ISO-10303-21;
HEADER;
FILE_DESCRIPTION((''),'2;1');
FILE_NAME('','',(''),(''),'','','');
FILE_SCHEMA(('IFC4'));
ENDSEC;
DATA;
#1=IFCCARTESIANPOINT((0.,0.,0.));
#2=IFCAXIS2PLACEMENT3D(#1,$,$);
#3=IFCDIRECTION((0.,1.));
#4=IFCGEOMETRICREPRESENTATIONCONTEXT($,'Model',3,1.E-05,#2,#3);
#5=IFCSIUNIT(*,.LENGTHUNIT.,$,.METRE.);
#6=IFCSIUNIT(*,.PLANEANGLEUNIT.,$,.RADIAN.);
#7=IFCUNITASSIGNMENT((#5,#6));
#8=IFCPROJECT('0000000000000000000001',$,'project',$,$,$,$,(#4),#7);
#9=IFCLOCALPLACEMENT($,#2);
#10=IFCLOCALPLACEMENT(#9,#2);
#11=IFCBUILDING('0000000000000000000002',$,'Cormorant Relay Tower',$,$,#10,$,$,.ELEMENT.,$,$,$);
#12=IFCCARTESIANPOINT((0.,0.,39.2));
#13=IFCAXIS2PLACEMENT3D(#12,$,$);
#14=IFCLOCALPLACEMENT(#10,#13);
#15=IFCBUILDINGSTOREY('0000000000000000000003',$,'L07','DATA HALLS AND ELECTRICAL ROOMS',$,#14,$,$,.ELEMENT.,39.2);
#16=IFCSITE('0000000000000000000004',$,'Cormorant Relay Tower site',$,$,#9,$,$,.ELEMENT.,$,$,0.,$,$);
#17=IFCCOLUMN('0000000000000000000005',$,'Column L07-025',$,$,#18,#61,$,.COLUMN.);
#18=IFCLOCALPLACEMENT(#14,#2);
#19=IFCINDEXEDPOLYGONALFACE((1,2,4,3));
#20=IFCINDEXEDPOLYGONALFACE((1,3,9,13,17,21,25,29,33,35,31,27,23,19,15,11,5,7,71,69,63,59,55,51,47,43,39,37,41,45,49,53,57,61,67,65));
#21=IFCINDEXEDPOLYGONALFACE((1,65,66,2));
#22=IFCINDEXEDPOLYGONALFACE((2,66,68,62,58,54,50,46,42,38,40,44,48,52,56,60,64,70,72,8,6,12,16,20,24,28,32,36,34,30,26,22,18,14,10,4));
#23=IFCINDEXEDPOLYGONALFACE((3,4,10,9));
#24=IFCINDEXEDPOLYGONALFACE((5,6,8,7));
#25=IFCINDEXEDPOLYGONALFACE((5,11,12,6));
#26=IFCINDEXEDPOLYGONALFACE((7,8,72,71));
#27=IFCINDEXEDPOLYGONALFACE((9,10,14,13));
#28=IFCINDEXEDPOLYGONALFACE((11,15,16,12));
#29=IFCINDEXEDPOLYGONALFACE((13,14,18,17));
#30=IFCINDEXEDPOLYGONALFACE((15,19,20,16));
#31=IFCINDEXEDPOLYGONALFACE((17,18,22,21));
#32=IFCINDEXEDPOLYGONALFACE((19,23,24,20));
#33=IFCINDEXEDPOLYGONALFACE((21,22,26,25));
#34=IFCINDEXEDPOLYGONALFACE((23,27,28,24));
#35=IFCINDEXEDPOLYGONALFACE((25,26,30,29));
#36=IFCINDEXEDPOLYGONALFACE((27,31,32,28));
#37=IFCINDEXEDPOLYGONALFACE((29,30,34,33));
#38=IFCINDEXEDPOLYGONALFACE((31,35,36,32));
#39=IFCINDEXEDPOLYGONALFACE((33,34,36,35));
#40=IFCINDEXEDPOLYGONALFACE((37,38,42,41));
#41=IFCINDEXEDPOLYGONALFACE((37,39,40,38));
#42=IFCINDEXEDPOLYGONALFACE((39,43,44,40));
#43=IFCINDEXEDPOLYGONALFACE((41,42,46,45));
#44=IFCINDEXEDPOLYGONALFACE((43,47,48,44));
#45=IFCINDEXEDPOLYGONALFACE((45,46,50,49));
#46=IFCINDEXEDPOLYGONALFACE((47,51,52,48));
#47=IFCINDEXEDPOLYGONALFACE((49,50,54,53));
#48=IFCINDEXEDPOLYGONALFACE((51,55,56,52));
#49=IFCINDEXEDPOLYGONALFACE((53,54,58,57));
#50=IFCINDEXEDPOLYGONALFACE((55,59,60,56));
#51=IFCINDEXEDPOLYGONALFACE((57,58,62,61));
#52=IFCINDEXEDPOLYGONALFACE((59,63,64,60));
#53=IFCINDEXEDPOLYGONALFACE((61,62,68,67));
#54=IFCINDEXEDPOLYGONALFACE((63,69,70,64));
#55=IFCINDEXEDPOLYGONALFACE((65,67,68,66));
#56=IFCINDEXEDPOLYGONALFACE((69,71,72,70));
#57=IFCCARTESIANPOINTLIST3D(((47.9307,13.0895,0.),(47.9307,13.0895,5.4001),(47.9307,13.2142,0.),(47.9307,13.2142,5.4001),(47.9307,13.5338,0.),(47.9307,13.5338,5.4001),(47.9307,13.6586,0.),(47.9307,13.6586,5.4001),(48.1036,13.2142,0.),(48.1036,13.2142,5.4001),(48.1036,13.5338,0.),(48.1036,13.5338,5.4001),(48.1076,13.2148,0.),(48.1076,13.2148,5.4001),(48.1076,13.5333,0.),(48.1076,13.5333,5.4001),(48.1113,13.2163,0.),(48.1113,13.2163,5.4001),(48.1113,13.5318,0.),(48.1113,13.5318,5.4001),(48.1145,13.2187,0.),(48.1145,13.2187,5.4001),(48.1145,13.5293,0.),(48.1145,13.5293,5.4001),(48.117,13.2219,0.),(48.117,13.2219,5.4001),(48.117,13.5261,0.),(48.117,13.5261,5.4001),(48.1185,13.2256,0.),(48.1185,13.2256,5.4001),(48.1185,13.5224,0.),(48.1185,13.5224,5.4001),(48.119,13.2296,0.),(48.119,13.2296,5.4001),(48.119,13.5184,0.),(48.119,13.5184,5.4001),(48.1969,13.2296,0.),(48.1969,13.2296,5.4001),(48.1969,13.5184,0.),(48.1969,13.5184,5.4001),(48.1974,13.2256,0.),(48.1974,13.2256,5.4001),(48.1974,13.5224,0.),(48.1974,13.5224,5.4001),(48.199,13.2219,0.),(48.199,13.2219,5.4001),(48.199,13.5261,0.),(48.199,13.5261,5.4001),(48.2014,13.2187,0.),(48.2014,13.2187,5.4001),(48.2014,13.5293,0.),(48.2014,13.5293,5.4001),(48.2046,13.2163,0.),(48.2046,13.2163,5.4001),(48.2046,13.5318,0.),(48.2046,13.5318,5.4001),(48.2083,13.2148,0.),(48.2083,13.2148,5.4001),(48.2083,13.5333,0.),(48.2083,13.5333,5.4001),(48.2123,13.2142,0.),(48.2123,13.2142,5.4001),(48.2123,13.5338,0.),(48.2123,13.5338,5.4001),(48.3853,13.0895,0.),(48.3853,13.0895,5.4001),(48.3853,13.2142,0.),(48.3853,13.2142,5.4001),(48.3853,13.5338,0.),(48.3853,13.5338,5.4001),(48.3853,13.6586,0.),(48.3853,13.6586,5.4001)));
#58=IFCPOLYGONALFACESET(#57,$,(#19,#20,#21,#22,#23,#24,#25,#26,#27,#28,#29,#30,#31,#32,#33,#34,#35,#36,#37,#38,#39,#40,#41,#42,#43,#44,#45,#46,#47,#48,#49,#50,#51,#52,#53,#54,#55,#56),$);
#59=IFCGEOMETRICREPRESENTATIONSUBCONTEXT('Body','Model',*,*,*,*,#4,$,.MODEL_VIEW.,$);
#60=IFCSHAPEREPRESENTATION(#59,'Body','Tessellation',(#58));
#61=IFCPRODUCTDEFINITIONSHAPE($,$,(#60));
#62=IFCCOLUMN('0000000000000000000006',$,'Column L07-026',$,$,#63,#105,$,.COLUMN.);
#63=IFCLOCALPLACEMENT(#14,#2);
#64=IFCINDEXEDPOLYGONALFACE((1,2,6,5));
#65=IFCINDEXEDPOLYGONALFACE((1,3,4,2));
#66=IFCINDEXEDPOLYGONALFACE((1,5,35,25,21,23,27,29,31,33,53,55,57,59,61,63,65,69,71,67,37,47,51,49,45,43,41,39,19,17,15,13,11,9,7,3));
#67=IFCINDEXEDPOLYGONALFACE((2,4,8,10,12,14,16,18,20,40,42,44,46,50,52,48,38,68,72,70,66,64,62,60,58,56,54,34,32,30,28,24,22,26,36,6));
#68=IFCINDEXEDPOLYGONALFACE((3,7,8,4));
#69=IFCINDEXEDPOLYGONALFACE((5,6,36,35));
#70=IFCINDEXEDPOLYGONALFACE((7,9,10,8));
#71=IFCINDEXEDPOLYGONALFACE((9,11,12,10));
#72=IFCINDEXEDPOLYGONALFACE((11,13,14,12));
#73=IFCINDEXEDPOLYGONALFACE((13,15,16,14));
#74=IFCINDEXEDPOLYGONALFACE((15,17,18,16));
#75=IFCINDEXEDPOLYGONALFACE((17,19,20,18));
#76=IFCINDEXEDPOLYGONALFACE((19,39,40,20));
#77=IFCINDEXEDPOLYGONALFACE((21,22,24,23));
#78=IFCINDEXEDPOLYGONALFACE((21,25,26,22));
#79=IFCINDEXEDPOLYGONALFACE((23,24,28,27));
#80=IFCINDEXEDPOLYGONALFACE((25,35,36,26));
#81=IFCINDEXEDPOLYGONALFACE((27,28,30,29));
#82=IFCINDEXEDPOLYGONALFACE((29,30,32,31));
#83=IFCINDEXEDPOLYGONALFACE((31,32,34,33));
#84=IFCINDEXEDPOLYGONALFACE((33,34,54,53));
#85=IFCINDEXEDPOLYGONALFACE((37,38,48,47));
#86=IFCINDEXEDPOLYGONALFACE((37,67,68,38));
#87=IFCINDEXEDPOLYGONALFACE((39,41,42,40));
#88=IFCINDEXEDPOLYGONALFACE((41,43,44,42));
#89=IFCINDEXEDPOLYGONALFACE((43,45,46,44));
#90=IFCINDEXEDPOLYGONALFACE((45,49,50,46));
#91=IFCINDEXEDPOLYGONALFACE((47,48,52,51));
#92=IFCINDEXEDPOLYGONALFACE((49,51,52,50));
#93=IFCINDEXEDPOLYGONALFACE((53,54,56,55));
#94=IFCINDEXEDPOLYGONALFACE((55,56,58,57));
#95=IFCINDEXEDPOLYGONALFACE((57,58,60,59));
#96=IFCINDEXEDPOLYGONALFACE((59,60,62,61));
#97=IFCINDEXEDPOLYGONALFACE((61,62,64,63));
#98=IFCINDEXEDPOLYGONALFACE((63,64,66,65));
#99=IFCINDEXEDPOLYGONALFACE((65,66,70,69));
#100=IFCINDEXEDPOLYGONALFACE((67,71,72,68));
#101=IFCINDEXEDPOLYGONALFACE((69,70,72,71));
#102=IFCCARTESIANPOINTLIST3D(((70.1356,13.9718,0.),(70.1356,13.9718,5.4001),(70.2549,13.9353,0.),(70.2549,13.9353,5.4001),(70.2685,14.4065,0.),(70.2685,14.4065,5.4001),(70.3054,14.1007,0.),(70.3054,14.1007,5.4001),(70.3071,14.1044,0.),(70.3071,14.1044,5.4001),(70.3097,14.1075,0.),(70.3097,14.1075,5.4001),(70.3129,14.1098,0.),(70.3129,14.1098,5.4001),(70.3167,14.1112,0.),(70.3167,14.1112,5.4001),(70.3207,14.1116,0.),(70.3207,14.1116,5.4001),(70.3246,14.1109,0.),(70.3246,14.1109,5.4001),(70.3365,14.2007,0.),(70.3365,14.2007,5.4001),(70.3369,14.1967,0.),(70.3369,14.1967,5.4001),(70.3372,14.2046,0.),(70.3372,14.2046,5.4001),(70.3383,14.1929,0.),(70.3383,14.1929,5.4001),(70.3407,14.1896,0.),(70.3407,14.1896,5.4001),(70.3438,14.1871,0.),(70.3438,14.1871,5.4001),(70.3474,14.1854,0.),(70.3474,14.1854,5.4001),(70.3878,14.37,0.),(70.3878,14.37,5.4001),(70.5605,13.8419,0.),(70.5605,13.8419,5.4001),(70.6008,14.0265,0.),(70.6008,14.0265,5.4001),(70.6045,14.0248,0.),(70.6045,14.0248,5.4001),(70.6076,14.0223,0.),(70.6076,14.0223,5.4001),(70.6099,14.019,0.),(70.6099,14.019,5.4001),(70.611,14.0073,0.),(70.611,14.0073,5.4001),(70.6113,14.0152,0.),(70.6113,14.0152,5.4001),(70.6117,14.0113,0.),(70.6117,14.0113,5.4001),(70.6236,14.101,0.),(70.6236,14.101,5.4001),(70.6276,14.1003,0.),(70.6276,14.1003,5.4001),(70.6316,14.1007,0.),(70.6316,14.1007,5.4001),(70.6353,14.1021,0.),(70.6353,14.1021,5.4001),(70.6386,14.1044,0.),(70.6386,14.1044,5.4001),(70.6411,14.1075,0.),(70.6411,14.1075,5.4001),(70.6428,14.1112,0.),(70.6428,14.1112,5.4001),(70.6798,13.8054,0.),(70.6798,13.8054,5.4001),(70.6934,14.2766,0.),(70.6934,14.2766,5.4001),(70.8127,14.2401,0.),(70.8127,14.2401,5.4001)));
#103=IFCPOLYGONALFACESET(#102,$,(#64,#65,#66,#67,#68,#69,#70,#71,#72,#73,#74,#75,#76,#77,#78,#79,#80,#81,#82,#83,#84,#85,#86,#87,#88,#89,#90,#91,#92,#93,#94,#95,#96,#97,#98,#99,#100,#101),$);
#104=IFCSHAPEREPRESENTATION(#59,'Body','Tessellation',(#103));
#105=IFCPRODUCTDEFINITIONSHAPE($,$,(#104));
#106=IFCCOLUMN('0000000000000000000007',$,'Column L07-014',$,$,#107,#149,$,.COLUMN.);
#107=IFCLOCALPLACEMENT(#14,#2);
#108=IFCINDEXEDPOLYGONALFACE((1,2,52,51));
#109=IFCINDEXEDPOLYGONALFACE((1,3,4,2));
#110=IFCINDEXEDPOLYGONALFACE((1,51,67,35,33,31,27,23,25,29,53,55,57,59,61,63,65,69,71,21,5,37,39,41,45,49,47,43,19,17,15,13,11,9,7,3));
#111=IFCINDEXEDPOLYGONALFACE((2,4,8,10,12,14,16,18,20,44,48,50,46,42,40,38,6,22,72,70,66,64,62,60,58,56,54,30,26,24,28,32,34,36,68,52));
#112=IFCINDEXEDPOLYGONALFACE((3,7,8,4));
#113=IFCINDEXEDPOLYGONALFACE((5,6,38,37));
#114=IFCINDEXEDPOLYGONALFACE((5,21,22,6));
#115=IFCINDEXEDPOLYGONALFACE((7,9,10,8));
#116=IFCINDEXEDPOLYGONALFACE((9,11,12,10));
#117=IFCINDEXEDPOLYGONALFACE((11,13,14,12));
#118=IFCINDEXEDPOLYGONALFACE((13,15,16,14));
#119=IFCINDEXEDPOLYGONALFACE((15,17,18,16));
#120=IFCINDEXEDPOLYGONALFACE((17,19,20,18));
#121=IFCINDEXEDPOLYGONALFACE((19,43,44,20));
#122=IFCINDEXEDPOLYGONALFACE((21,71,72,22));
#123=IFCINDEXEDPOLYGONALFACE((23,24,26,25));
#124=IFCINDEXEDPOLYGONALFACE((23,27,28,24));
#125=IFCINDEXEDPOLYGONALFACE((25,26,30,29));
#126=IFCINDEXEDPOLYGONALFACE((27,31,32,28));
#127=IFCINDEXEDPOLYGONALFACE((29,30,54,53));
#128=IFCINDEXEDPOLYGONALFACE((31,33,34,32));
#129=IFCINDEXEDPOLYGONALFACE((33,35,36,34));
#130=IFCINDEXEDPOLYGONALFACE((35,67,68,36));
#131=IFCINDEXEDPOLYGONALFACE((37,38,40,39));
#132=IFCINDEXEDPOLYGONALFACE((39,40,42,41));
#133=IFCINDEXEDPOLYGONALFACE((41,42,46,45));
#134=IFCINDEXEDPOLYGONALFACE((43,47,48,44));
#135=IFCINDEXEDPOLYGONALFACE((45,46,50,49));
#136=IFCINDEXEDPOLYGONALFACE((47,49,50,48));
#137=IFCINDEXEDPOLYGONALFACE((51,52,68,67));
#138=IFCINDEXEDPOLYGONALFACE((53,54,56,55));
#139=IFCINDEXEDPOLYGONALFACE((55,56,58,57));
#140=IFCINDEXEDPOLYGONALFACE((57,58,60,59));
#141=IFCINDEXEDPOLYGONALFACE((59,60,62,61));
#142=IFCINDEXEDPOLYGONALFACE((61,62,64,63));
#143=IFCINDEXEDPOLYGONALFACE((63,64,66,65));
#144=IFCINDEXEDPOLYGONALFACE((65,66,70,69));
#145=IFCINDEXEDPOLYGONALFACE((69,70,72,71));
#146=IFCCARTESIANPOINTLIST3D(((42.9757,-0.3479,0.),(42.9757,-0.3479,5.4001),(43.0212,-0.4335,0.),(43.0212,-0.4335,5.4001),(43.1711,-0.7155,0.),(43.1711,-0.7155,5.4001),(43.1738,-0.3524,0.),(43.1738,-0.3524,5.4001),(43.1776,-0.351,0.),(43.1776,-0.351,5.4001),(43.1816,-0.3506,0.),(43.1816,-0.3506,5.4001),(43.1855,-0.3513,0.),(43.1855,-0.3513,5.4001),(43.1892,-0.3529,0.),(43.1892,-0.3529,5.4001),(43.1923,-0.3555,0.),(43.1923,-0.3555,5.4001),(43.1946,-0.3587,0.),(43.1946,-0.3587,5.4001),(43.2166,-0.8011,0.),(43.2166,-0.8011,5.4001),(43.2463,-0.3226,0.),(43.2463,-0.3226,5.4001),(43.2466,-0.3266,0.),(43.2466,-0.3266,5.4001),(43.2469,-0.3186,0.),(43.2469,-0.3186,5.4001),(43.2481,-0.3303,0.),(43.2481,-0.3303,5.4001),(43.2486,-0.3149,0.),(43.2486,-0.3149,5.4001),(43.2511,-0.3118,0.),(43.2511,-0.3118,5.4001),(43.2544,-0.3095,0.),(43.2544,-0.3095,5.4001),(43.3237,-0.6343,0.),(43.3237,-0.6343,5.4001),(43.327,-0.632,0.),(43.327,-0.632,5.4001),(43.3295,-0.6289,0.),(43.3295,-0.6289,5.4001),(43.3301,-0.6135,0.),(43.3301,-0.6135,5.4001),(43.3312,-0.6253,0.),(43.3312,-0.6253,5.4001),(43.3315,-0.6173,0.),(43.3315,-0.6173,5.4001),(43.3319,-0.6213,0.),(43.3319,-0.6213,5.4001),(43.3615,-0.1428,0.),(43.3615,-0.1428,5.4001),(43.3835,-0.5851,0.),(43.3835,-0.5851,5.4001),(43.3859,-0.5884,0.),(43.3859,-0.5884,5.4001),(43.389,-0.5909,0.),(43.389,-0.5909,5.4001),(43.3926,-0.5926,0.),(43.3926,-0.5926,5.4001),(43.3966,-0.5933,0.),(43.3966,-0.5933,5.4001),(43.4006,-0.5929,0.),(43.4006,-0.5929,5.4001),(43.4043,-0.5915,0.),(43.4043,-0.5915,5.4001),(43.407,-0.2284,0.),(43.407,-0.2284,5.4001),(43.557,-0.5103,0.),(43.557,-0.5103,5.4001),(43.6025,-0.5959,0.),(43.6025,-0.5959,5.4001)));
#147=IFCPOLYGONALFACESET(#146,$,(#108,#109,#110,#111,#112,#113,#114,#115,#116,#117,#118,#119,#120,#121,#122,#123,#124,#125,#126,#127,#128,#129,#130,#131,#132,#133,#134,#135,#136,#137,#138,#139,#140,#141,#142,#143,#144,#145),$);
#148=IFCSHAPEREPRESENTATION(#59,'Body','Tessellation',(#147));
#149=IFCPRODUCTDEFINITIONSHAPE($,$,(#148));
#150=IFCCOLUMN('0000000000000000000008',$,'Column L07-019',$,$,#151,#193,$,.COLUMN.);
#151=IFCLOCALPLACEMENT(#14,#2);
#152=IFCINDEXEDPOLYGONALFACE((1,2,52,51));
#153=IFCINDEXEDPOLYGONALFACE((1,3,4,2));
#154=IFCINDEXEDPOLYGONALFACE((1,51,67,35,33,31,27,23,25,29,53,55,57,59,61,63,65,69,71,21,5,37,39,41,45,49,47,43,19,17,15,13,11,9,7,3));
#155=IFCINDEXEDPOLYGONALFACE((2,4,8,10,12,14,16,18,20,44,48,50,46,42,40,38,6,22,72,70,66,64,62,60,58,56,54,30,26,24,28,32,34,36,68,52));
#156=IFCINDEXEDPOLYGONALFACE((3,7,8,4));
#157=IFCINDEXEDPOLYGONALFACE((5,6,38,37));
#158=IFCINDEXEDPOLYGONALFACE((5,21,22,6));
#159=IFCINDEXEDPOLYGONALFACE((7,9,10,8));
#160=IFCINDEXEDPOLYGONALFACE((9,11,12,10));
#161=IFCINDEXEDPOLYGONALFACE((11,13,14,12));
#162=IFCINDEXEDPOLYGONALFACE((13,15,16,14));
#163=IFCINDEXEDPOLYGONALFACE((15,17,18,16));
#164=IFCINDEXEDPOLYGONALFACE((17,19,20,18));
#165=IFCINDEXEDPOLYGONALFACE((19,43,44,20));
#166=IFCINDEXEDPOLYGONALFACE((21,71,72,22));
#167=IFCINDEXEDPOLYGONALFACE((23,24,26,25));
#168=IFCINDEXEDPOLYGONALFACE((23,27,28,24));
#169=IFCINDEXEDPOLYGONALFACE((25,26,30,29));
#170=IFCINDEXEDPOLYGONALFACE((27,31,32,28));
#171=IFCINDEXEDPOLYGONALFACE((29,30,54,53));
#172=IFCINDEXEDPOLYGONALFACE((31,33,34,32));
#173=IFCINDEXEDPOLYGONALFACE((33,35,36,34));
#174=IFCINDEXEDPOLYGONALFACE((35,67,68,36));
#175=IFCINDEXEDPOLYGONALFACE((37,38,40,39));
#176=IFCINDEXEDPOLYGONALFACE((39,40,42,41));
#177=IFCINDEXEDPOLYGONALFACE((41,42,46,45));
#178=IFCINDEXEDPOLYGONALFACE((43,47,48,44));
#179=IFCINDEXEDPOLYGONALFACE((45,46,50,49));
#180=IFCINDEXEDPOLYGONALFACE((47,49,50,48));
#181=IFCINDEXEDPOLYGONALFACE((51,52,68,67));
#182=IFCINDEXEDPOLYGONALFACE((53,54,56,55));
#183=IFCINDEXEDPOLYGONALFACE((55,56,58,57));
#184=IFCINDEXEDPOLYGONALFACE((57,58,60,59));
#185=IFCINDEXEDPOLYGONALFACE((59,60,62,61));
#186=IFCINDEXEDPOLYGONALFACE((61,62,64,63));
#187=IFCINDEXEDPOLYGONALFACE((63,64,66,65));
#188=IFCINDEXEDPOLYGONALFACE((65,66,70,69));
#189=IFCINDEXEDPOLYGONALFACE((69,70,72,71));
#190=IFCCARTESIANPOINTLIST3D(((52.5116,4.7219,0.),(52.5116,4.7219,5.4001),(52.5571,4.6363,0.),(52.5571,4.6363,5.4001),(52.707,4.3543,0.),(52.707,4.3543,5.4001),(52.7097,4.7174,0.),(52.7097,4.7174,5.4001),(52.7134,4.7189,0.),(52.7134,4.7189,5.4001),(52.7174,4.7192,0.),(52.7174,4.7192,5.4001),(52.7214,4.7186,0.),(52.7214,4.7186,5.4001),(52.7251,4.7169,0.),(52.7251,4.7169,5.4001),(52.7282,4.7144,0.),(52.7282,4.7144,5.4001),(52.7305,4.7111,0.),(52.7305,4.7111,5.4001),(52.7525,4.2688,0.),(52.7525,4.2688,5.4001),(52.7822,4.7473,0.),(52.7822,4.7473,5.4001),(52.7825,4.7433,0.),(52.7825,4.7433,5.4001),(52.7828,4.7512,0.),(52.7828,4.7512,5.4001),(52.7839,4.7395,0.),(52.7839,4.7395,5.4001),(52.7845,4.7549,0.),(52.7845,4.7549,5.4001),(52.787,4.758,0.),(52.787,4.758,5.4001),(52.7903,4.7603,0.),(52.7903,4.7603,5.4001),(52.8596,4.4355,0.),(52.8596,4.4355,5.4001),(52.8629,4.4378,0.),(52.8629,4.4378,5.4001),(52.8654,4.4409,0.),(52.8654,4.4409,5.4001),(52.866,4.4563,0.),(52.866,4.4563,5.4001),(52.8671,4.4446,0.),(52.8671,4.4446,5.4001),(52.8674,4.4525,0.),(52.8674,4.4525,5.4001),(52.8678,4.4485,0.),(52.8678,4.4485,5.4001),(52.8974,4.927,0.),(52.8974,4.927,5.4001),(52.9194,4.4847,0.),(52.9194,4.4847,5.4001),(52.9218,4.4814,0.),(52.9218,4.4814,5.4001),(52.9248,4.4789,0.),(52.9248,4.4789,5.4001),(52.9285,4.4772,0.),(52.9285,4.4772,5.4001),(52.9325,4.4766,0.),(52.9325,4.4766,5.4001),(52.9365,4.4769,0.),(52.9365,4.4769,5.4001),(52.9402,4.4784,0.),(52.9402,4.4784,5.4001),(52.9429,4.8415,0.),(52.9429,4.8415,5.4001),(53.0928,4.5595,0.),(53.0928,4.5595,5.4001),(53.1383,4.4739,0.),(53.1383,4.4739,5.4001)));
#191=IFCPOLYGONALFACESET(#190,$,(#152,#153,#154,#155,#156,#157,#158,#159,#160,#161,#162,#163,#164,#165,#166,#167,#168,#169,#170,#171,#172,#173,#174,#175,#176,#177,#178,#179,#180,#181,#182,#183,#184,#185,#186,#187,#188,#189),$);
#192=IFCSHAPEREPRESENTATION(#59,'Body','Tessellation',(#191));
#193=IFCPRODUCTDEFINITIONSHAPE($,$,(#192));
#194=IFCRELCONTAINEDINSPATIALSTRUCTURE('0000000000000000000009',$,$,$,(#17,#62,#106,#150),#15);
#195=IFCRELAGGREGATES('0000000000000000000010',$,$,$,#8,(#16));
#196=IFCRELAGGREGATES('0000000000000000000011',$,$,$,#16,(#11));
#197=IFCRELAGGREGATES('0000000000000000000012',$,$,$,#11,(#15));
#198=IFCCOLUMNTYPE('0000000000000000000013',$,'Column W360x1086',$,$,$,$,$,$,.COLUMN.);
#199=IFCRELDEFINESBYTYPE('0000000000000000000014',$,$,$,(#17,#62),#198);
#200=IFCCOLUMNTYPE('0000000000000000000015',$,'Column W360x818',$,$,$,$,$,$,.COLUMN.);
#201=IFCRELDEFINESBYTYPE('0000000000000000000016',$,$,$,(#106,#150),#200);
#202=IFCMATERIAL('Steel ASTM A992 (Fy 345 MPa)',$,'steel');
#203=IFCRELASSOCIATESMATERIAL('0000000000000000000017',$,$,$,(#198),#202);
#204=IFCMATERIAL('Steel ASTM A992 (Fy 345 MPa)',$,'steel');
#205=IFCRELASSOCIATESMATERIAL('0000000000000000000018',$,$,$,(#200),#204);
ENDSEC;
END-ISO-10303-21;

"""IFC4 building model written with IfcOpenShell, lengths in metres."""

from ifc_helpers import new_model, si_unit, direction, frame, origin, origin_2d, place, context, subcontext, project, spatial, i_section, extrude, material, material_profile, profile_set, type_object, element, save


model = new_model("IFC4")

# Units and contexts
model_context = context("Model", 3, precision=1e-05, world=origin(), true_north=direction((0.0, 1.0)))
body_context = subcontext(model_context, "Body", "Model", "MODEL_VIEW")
ifc_project = project(units=[si_unit("LENGTHUNIT", "METRE"), si_unit("PLANEANGLEUNIT", "RADIAN")], contexts=[model_context])

# Site, building, storey
site_placement = place(None, origin())
site = spatial("IfcSite", under=ifc_project, at=site_placement, Name="Cormorant Relay Tower site", CompositionType="ELEMENT", RefElevation=0.0)
building_placement = place(site_placement, origin())
building = spatial("IfcBuilding", under=site, at=building_placement, Name="Cormorant Relay Tower", CompositionType="ELEMENT")
storey_placement = place(building_placement, frame((0.0, 0.0, 39.2)))
storey = spatial("IfcBuildingStorey", under=building, at=storey_placement, Name="L07", Description="DATA HALLS AND ELECTRICAL ROOMS", CompositionType="ELEMENT", Elevation=39.2)

# Columns
ifc_material_1 = material(Name="Steel ASTM A992 (Fy 345 MPa)", Category="steel")
ifc_material_profile_1 = material_profile(ifc_material_1, i_section(OverallWidth=0.4546, OverallDepth=0.5691, WebThickness=0.0779, FlangeThickness=0.1248, FilletRadius=0.0154, at=origin_2d()), Name="W360x1086")
ifc_profile_set_1 = profile_set([ifc_material_profile_1], Name="Steel ASTM A992 (Fy 345 MPa)")
column_type_1 = type_object("IfcColumnType", Name="Column W360x1086", PredefinedType="COLUMN", material=ifc_profile_set_1)
for number, where, z_axis, x_axis, name in (
    (1, (48.158, 13.374, 0.0), (0.0, 0.0, 1.0), (1.0, 0.0, 0.0), "Column L07-025"),
    (2, (70.4741, 14.106, 0.0), (0.0, 0.0, 1.0), (0.292372, 0.956305, 0.0), "Column L07-026"),
):
    element("IfcColumn", number, at=place(storey_placement, frame(where, z_axis=z_axis, x_axis=x_axis)), inside=storey, type_object=column_type_1, Name=name, PredefinedType="COLUMN", context=body_context, shape_type="SweptSolid", body=[
        extrude(i_section(OverallWidth=0.4546, OverallDepth=0.5691, WebThickness=0.0779, FlangeThickness=0.1248, FilletRadius=0.0154, at=origin_2d()), origin(), (0.0, 0.0, 1.0), 5.4001),
    ])
ifc_material_2 = material(Name="Steel ASTM A992 (Fy 345 MPa)", Category="steel")
ifc_material_profile_2 = material_profile(ifc_material_2, i_section(OverallWidth=0.437, OverallDepth=0.5132, WebThickness=0.0605, FlangeThickness=0.0969, FilletRadius=0.0154, at=origin_2d()), Name="W360x818")
ifc_profile_set_2 = profile_set([ifc_material_profile_2], Name="Steel ASTM A992 (Fy 345 MPa)")
column_type_2 = type_object("IfcColumnType", Name="Column W360x818", PredefinedType="COLUMN", material=ifc_profile_set_2)
for number, where, z_axis, x_axis, name in (
    (3, (43.2891, -0.4719, 0.0), (0.0, 0.0, 1.0), (0.882948, 0.469472, 0.0), "Column L07-014"),
    (4, (52.825, 4.5979, 0.0), (0.0, 0.0, 1.0), (0.882948, 0.469472, 0.0), "Column L07-019"),
):
    element("IfcColumn", number, at=place(storey_placement, frame(where, z_axis=z_axis, x_axis=x_axis)), inside=storey, type_object=column_type_2, Name=name, PredefinedType="COLUMN", context=body_context, shape_type="SweptSolid", body=[
        extrude(i_section(OverallWidth=0.437, OverallDepth=0.5132, WebThickness=0.0605, FlangeThickness=0.0969, FilletRadius=0.0154, at=origin_2d()), origin(), (0.0, 0.0, 1.0), 5.4001),
    ])

save(model, "model.ifc")
